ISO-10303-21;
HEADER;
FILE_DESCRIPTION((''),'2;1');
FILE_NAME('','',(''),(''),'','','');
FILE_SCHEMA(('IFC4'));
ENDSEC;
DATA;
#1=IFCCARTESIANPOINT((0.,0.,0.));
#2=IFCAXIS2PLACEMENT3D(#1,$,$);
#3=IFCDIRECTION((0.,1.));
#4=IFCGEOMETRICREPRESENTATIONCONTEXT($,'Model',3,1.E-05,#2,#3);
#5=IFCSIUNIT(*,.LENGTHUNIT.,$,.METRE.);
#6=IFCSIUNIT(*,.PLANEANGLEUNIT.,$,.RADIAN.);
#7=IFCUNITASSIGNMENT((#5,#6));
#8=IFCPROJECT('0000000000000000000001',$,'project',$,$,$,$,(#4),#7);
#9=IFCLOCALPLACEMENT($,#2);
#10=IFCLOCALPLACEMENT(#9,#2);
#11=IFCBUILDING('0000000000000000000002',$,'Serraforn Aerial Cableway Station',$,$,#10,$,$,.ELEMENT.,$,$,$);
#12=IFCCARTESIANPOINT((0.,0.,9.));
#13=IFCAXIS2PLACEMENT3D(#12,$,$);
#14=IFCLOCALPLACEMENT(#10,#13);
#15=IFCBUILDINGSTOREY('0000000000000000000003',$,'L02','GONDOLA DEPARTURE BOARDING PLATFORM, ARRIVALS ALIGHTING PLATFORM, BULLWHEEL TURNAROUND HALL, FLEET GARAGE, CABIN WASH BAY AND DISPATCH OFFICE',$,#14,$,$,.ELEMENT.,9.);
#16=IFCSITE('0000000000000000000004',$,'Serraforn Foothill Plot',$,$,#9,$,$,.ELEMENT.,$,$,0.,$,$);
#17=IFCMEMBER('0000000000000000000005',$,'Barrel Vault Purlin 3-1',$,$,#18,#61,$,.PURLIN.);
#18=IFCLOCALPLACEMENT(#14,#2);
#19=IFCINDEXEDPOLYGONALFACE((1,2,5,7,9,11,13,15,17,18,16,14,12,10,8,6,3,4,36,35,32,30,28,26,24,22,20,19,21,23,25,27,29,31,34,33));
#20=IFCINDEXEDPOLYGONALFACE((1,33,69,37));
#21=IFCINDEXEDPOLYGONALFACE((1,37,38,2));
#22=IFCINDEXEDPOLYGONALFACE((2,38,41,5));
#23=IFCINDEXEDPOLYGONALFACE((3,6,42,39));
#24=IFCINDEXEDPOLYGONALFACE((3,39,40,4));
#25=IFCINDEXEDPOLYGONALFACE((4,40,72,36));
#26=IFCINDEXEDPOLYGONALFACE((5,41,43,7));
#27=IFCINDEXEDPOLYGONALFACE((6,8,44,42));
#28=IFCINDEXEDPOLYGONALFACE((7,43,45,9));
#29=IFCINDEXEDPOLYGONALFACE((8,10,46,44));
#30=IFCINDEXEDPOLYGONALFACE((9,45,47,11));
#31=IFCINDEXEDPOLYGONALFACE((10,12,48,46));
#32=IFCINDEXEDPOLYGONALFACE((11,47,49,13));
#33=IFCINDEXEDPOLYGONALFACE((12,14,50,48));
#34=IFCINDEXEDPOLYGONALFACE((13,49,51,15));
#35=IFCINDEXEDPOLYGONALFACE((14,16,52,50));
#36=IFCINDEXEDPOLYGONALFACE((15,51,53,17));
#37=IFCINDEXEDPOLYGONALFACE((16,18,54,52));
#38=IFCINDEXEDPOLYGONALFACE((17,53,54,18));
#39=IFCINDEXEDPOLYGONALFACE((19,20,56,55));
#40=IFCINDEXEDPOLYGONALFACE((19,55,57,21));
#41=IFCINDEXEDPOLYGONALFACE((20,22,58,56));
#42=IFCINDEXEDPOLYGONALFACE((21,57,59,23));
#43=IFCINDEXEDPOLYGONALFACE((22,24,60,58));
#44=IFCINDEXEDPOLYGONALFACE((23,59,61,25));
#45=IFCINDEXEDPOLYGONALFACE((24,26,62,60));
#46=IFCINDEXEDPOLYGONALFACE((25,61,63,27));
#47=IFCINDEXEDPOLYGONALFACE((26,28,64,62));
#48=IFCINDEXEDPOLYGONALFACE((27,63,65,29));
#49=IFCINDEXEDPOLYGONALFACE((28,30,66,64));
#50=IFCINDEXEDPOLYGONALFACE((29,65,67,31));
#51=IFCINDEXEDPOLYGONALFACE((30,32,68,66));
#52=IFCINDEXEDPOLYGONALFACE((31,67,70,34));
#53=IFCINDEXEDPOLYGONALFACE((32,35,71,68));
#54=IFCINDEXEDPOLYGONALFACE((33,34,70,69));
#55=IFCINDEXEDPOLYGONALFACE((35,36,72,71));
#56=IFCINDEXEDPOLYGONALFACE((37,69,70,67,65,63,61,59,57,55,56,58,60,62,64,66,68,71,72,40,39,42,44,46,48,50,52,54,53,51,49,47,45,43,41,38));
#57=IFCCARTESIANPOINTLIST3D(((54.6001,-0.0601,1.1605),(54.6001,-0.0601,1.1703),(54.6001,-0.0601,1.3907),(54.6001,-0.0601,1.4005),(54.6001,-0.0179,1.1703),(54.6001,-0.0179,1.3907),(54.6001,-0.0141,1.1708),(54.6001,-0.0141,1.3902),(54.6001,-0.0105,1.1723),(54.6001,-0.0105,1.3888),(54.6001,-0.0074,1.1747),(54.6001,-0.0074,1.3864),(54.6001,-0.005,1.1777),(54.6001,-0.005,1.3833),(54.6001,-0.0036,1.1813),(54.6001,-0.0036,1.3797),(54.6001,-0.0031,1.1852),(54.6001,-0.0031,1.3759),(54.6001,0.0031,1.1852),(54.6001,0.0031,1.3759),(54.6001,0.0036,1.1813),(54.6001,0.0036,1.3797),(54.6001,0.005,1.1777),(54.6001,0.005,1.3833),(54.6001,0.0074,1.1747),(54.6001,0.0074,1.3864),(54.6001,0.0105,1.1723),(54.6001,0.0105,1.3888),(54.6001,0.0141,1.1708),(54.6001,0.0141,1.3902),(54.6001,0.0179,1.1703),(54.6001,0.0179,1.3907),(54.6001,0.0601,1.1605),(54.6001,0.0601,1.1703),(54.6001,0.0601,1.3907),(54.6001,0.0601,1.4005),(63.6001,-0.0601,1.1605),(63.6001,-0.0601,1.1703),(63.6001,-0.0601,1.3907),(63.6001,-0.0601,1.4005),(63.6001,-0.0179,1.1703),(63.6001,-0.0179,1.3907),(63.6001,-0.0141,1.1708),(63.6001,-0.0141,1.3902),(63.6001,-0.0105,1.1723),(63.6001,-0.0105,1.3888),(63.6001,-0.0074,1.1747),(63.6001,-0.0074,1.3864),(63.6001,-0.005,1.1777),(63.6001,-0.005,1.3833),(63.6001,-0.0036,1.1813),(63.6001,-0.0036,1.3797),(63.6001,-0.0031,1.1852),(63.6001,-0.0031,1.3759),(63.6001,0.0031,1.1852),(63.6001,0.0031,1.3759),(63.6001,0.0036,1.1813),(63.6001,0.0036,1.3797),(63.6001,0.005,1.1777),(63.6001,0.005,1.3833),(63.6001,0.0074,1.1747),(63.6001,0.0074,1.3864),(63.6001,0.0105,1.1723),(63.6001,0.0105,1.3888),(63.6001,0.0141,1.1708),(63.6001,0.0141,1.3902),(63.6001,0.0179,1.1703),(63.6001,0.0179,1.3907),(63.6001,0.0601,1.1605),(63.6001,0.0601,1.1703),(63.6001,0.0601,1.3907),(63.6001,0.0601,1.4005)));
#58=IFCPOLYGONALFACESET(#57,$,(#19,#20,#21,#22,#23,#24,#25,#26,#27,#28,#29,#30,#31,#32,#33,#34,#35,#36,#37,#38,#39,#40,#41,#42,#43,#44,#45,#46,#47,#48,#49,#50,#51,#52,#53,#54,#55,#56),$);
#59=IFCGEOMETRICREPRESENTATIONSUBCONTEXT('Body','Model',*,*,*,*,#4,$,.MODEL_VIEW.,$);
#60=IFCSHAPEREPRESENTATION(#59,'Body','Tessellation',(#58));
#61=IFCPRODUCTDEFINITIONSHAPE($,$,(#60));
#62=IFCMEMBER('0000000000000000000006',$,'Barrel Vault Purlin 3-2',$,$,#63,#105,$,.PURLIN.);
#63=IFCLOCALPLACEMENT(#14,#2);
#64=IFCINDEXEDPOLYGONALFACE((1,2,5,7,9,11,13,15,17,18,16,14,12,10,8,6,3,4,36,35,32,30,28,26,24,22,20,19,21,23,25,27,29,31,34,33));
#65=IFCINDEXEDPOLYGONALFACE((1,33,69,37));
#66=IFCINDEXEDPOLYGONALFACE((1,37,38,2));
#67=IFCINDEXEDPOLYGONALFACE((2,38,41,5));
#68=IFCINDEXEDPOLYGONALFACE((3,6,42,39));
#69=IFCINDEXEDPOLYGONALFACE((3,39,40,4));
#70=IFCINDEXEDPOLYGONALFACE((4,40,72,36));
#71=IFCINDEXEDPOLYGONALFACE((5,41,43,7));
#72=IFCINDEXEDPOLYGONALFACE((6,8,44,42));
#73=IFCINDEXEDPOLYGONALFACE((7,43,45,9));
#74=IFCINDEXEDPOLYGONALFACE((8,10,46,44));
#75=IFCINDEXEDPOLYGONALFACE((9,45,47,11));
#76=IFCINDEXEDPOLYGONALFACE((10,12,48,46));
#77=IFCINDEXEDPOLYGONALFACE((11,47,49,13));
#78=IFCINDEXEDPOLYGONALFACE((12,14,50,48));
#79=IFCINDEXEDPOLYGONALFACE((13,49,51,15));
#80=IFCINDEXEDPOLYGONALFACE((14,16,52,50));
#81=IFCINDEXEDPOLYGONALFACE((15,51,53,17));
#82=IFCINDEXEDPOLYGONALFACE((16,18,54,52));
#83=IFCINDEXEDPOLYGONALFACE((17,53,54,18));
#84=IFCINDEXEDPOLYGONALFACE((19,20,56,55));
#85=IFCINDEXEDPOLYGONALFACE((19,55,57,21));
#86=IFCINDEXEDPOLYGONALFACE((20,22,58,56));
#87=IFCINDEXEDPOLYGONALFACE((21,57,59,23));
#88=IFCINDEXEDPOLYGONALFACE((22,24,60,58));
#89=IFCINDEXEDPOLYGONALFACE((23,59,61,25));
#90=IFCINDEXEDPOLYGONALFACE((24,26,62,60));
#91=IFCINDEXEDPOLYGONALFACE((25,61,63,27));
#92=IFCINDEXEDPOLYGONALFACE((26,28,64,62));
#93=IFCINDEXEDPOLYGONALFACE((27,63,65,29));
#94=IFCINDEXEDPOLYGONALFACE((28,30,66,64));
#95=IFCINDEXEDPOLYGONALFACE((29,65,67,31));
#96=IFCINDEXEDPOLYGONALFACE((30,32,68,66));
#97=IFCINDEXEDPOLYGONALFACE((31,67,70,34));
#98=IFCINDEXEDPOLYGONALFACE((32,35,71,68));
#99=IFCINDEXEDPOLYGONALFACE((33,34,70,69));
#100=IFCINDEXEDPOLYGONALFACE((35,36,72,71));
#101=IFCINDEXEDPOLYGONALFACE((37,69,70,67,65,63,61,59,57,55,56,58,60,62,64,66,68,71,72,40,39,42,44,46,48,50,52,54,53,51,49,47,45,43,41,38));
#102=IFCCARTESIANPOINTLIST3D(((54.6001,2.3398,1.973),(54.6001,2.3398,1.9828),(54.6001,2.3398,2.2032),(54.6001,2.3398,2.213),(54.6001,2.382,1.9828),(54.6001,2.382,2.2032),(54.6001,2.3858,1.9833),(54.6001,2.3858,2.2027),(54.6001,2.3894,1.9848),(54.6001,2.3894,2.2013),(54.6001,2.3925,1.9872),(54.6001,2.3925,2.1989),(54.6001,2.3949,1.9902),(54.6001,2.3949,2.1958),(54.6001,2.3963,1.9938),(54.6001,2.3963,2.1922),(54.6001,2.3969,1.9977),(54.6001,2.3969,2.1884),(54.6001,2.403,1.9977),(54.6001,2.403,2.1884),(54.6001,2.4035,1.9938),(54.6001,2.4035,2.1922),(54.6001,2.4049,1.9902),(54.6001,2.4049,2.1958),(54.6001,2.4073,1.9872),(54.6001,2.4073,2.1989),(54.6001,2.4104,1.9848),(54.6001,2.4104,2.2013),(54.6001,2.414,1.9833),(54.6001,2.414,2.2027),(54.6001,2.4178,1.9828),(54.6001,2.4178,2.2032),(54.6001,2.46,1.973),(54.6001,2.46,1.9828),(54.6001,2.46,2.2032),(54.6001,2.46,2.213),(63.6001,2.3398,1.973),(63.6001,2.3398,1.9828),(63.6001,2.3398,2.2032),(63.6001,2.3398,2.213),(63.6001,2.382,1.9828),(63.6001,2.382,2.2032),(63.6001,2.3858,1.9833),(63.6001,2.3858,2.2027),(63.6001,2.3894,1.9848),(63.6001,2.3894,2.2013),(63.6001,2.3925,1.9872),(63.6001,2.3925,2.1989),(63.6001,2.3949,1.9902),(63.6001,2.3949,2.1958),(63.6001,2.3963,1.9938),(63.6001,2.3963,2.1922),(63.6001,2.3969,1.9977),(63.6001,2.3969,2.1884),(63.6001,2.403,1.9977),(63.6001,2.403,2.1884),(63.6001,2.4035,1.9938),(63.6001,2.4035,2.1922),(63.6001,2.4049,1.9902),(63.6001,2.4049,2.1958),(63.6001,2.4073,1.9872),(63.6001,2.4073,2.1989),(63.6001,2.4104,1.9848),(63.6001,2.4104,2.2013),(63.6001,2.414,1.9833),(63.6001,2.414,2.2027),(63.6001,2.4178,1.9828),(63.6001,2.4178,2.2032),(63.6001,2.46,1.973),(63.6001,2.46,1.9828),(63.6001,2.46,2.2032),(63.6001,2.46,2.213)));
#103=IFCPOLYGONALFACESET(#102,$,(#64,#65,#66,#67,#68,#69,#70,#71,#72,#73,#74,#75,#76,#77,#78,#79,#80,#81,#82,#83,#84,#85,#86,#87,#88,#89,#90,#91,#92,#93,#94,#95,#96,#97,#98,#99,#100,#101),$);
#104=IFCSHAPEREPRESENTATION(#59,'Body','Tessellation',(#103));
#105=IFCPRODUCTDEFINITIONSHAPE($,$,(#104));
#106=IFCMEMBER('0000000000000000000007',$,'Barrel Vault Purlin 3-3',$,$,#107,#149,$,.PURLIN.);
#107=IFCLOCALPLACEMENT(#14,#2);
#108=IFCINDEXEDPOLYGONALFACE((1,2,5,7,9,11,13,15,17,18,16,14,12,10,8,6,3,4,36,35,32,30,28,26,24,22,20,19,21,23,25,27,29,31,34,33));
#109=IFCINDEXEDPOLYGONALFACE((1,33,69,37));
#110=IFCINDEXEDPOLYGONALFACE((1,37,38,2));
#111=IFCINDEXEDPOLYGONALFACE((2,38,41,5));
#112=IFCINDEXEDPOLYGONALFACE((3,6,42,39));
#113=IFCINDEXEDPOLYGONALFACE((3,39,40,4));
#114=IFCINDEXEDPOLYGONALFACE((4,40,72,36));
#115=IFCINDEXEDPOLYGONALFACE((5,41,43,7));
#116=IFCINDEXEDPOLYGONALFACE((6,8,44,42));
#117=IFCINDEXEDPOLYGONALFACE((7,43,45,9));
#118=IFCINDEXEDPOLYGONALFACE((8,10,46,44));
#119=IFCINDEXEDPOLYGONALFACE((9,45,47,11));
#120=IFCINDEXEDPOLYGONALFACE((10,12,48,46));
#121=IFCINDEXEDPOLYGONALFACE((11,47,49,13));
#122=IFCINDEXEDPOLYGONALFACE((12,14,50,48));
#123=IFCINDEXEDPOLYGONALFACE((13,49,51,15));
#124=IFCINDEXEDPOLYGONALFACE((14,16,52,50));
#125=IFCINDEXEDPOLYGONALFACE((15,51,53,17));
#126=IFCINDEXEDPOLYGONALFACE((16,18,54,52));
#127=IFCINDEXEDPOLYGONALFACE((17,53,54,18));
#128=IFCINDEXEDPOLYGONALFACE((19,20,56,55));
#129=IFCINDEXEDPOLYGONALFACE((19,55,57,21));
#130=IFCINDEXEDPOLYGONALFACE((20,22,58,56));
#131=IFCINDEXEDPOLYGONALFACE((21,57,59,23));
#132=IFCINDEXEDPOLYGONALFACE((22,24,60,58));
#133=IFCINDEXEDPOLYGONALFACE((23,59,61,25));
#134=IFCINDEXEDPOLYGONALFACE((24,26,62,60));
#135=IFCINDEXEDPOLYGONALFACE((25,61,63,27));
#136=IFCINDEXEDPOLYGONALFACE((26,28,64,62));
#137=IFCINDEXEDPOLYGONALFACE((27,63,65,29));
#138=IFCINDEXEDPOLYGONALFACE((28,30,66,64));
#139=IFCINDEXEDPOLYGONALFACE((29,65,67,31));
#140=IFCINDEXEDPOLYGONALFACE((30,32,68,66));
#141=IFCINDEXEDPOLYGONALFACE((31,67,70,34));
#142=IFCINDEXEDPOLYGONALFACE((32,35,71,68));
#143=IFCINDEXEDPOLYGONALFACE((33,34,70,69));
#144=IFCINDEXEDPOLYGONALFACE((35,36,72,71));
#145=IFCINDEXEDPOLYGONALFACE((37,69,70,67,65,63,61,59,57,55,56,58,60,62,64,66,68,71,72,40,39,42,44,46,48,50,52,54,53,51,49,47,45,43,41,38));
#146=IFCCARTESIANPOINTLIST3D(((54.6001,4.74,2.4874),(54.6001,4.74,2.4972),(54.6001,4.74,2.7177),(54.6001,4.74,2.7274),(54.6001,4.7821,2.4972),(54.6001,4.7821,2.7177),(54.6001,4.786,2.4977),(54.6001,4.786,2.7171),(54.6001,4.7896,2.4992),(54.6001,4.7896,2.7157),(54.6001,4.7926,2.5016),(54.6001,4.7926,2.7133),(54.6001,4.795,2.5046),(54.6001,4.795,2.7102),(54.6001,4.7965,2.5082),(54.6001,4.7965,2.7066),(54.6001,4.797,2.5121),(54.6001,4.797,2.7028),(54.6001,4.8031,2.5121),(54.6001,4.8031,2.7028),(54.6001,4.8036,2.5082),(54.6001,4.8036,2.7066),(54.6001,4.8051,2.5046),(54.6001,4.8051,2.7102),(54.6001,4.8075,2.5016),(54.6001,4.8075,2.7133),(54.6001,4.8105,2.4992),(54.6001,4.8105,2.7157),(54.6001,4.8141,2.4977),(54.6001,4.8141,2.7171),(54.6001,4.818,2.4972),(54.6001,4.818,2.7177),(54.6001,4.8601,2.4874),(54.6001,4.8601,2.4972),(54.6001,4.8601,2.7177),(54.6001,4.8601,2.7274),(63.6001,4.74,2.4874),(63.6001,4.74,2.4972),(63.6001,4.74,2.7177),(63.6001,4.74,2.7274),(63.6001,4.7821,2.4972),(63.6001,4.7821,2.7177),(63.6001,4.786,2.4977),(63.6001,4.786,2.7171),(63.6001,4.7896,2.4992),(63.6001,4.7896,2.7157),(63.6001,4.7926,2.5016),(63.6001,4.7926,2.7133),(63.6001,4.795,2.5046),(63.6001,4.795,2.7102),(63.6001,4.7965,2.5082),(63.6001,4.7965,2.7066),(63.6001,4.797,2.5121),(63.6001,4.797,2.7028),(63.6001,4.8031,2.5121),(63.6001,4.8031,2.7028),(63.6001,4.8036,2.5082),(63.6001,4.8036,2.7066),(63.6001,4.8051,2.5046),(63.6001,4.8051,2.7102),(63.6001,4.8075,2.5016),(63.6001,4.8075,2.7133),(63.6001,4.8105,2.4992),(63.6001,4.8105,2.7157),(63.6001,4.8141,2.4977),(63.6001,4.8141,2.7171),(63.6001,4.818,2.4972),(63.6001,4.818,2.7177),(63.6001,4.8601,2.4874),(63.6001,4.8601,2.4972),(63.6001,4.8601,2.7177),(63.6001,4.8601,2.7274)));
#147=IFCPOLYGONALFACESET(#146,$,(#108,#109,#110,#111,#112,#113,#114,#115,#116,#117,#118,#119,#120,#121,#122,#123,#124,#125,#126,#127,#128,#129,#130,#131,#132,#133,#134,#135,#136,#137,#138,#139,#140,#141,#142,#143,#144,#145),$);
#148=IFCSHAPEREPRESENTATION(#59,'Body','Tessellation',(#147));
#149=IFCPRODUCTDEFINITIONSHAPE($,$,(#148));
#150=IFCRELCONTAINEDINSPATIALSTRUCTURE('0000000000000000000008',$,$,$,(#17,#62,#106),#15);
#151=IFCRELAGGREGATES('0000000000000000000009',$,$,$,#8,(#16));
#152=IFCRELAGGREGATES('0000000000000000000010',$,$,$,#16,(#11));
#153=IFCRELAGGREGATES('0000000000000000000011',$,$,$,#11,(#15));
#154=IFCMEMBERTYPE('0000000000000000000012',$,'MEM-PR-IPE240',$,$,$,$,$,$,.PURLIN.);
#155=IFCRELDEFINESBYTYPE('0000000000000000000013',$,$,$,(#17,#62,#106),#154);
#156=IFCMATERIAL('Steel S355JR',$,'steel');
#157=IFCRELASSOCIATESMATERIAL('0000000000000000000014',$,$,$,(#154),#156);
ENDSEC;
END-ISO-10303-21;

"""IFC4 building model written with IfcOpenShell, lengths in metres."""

from ifc_helpers import new_model, si_unit, direction, frame, origin, origin_2d, place, context, subcontext, project, spatial, i_section, extrude, material, material_profile, profile_set, type_object, element, save


model = new_model("IFC4")

# Units and contexts
model_context = context("Model", 3, precision=1e-05, world=origin(), true_north=direction((0.0, 1.0)))
body_context = subcontext(model_context, "Body", "Model", "MODEL_VIEW")
ifc_project = project(units=[si_unit("LENGTHUNIT", "METRE"), si_unit("PLANEANGLEUNIT", "RADIAN")], contexts=[model_context])

# Site, building, storey
site_placement = place(None, origin())
site = spatial("IfcSite", under=ifc_project, at=site_placement, Name="Serraforn Foothill Plot", CompositionType="ELEMENT", RefElevation=0.0)
building_placement = place(site_placement, origin())
building = spatial("IfcBuilding", under=site, at=building_placement, Name="Serraforn Aerial Cableway Station", CompositionType="ELEMENT")
storey_placement = place(building_placement, frame((0.0, 0.0, 9.0)))
storey = spatial("IfcBuildingStorey", under=building, at=storey_placement, Name="L02", Description="GONDOLA DEPARTURE BOARDING PLATFORM, ARRIVALS ALIGHTING PLATFORM, BULLWHEEL TURNAROUND HALL, FLEET GARAGE, CABIN WASH BAY AND DISPATCH OFFICE", CompositionType="ELEMENT", Elevation=9.0)

# Shared definitions
ifc_material_1 = material(Name="Steel S355JR", Category="steel")

# Members
ifc_material_profile_1 = material_profile(ifc_material_1, i_section(OverallWidth=0.1201, OverallDepth=0.24, WebThickness=0.0061, FlangeThickness=0.0098, FilletRadius=0.0149, at=origin_2d()), Name="IPE 240")
ifc_profile_set_1 = profile_set([ifc_material_profile_1], Name="Steel S355JR")
member_type_1 = type_object("IfcMemberType", Name="MEM-PR-IPE240", PredefinedType="PURLIN", material=ifc_profile_set_1)
for number, where, z_axis, x_axis, name in (
    (1, (54.6001, 0.0, 1.2805), (1.0, 0.0, 0.0), (0.0, 1.0, 0.0), "Barrel Vault Purlin 3-1"),
    (2, (54.6001, 2.3999, 2.093), (1.0, 0.0, 0.0), (0.0, 1.0, 0.0), "Barrel Vault Purlin 3-2"),
    (3, (54.6001, 4.8, 2.6074), (1.0, 0.0, 0.0), (0.0, 1.0, 0.0), "Barrel Vault Purlin 3-3"),
):
    element("IfcMember", number, at=place(storey_placement, frame(where, z_axis=z_axis, x_axis=x_axis)), inside=storey, type_object=member_type_1, Name=name, PredefinedType="PURLIN", context=body_context, shape_type="SweptSolid", body=[
        extrude(i_section(OverallWidth=0.1201, OverallDepth=0.24, WebThickness=0.0061, FlangeThickness=0.0098, FilletRadius=0.0149, at=origin_2d()), origin(), (0.0, 0.0, 1.0), 9.0),
    ])

save(model, "model.ifc")
